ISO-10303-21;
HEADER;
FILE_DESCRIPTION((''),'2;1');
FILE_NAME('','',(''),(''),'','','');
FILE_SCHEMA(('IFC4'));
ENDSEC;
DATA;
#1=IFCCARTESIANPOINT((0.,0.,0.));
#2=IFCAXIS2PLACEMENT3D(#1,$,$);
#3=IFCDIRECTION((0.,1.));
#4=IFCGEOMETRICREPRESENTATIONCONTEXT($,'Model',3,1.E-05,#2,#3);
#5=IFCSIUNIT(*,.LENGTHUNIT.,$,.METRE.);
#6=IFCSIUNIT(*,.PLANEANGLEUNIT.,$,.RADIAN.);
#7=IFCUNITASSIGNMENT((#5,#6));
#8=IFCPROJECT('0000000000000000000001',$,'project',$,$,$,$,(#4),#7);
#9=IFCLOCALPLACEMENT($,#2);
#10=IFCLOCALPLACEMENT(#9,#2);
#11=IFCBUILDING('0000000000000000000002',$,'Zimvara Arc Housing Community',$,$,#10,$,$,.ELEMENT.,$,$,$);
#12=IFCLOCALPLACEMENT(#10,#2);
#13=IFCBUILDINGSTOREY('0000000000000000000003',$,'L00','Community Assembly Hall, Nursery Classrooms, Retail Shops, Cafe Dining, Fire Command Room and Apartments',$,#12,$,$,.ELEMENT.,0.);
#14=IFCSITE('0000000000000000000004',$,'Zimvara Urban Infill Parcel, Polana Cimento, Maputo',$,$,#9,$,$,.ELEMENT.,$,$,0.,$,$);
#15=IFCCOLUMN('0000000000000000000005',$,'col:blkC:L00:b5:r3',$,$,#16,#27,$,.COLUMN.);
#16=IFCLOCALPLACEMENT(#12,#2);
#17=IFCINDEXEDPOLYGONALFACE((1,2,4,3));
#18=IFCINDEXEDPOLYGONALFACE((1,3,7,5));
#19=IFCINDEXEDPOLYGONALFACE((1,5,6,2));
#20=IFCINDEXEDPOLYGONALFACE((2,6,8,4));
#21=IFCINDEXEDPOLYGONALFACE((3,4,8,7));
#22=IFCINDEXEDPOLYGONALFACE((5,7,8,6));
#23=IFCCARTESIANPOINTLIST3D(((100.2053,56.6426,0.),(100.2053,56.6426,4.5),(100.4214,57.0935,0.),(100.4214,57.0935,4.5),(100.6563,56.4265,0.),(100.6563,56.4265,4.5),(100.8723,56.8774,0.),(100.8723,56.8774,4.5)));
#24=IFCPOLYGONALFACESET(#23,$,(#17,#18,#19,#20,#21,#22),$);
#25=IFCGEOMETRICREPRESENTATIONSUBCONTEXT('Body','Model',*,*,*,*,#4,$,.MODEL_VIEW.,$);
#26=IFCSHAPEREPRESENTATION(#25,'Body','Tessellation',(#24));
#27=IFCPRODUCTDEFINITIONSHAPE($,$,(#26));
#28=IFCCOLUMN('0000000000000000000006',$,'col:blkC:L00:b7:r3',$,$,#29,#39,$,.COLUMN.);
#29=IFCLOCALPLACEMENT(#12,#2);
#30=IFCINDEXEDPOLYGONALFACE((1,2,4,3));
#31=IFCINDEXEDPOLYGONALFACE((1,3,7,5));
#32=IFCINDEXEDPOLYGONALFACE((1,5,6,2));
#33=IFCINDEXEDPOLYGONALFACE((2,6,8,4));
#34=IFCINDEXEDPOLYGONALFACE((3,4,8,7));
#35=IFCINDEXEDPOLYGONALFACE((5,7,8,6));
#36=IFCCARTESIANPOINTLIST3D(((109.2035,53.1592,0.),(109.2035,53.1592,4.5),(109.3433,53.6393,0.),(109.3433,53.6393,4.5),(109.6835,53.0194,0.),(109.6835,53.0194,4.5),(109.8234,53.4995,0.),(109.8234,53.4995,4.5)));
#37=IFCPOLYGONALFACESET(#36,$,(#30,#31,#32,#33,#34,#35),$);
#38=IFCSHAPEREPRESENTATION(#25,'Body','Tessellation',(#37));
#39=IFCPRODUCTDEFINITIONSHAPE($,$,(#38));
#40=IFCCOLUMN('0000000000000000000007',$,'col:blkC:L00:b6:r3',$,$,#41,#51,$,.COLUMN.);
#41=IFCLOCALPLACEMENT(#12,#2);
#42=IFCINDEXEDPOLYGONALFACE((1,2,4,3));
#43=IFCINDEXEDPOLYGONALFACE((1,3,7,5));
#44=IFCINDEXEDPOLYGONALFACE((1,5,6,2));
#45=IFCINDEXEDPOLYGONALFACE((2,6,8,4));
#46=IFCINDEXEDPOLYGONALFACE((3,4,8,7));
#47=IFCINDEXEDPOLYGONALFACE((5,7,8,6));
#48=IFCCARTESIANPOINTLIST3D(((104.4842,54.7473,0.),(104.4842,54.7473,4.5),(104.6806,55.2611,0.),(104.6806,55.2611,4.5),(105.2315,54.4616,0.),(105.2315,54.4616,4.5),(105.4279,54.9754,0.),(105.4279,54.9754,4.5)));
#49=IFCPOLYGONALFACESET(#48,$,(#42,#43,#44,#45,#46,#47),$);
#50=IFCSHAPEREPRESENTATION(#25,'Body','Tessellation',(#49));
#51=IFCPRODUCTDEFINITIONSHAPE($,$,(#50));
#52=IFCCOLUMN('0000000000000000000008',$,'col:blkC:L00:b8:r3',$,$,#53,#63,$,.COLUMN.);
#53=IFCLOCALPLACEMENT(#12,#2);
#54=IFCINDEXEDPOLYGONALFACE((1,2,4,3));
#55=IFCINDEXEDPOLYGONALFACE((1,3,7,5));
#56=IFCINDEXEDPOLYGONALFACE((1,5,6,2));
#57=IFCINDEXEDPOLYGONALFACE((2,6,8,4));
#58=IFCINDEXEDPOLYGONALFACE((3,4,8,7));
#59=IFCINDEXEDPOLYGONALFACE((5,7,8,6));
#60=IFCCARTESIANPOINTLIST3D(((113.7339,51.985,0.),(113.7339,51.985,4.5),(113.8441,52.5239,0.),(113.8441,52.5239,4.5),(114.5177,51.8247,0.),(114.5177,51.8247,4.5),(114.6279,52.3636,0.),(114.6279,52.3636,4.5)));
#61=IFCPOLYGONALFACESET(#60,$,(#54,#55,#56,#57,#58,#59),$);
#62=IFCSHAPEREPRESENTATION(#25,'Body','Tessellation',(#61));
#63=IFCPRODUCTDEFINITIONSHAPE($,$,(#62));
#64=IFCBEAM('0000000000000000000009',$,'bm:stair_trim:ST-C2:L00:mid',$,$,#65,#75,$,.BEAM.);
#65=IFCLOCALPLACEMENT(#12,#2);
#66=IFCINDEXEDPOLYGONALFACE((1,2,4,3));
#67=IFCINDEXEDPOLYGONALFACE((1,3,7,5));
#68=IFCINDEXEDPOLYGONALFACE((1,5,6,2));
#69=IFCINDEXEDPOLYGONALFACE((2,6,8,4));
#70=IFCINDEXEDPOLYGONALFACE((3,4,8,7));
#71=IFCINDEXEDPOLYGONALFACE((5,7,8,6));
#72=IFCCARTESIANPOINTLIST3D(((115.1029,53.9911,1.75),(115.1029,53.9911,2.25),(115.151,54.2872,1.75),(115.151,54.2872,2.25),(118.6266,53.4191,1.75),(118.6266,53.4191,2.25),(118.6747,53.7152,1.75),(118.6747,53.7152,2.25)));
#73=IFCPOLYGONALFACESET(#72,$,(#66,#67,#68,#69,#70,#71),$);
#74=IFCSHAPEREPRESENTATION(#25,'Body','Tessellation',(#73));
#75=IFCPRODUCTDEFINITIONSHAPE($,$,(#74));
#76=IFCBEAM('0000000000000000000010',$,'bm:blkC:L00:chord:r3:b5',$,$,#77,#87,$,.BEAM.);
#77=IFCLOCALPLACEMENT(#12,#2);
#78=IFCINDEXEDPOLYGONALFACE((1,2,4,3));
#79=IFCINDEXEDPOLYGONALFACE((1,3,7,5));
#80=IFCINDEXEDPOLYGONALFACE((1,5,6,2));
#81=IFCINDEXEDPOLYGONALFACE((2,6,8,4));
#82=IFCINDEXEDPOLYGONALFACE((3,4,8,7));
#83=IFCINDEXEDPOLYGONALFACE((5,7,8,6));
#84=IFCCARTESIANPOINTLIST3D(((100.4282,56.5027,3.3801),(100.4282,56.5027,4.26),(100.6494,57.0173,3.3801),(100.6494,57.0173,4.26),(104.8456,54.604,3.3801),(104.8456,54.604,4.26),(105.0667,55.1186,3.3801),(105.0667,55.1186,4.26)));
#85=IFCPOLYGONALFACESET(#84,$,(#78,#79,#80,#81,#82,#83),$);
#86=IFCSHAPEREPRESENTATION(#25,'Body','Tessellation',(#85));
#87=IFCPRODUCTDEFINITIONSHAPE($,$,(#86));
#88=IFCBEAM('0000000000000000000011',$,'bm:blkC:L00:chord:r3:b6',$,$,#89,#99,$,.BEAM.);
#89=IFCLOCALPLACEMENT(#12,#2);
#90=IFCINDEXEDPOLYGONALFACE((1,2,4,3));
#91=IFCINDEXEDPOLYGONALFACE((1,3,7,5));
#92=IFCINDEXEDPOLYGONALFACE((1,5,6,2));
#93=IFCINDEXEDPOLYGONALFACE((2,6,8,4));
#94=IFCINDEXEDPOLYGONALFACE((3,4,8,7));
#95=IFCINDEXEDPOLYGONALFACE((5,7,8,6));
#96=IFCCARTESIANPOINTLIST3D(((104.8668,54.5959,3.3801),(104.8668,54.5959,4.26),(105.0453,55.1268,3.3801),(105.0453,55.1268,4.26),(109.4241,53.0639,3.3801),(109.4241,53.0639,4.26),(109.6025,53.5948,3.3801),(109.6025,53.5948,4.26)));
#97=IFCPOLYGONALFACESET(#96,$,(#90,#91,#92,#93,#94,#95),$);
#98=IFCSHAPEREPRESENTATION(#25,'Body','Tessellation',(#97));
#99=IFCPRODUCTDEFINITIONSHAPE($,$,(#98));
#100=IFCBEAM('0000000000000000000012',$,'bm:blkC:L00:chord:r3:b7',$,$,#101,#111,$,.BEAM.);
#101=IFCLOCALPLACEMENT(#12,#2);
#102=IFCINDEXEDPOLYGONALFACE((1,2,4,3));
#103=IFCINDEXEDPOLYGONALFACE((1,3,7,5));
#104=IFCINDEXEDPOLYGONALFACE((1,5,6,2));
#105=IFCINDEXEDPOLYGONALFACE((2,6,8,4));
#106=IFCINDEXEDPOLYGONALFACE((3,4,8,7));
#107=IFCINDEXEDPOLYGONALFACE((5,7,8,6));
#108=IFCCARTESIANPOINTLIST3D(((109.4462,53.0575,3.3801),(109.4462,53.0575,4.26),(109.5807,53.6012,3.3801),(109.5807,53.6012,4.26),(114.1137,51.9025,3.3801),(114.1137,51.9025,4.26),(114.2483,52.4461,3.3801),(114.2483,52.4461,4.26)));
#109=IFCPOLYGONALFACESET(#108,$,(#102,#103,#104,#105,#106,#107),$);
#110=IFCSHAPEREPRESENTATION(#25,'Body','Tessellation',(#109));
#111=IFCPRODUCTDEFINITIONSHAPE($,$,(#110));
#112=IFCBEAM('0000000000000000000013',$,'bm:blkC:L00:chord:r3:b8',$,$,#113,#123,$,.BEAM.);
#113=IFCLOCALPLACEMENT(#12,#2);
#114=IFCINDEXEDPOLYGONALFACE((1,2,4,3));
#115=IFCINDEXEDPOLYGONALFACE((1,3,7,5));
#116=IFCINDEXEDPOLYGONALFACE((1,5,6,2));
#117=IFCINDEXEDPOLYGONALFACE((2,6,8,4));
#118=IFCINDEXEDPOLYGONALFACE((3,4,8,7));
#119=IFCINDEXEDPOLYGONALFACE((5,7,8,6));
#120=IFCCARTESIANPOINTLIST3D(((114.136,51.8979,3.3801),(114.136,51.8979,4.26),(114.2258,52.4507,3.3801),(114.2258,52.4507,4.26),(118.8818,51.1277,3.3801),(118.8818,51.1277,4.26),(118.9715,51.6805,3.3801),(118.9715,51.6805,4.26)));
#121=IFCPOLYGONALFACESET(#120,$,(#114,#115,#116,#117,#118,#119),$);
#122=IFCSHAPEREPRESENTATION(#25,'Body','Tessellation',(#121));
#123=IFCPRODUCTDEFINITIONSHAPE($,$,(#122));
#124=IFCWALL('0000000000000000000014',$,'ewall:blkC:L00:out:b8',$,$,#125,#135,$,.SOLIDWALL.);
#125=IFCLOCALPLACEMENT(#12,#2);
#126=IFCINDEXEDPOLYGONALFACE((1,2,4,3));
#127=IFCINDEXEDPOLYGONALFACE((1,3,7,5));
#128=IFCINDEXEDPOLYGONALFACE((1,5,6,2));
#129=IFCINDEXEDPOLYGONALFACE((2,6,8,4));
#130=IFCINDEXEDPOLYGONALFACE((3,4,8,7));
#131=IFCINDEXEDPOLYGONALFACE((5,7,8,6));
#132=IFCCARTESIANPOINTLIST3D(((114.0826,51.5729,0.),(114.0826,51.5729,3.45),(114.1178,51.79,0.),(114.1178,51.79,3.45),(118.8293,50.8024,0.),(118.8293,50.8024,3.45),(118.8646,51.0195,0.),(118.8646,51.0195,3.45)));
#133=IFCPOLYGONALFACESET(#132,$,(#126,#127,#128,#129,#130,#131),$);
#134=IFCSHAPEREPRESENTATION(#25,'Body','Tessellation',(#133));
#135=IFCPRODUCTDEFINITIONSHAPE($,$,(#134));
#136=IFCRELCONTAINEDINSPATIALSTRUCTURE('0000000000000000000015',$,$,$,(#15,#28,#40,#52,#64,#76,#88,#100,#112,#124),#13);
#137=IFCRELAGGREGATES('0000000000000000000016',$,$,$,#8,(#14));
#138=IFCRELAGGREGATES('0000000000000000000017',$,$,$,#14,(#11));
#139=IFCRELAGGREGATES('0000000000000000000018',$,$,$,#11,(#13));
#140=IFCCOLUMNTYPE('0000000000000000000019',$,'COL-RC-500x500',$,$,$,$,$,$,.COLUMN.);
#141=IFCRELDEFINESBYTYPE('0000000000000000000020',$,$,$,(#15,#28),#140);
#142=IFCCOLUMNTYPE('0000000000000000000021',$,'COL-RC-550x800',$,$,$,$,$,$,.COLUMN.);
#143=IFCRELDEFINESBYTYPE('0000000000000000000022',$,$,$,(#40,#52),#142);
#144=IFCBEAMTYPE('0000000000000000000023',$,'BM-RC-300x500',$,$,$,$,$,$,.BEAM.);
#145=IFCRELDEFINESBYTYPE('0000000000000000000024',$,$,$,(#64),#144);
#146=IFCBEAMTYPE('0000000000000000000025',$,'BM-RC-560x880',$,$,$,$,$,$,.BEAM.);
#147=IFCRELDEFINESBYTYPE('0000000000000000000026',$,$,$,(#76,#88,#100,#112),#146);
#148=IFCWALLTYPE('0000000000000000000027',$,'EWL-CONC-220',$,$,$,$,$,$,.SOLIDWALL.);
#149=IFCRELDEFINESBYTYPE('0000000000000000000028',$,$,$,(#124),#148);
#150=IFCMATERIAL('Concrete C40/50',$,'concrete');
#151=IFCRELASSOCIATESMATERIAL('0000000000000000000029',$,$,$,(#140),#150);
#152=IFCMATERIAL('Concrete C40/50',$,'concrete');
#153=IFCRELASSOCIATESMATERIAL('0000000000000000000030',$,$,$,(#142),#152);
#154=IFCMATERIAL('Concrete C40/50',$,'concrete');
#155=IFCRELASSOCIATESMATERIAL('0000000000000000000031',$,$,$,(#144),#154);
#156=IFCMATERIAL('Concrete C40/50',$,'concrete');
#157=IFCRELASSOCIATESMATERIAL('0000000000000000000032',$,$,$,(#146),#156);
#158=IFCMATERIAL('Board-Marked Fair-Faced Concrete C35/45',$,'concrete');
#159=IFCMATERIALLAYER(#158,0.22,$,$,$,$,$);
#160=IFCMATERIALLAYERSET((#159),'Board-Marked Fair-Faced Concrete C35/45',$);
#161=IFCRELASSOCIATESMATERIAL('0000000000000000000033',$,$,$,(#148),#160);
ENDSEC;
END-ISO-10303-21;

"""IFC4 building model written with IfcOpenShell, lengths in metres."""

from ifc_helpers import new_model, si_unit, direction, frame, frame_2d, origin, origin_2d, place, context, subcontext, project, spatial, rectangle, extrude, material, layer, layer_set, material_profile, profile_set, type_object, element, save


model = new_model("IFC4")

# Units and contexts
model_context = context("Model", 3, precision=1e-05, world=origin(), true_north=direction((0.0, 1.0)))
body_context = subcontext(model_context, "Body", "Model", "MODEL_VIEW")
ifc_project = project(units=[si_unit("LENGTHUNIT", "METRE"), si_unit("PLANEANGLEUNIT", "RADIAN")], contexts=[model_context])

# Site, building, storey
site_placement = place(None, origin())
site = spatial("IfcSite", under=ifc_project, at=site_placement, Name="Zimvara Urban Infill Parcel, Polana Cimento, Maputo", CompositionType="ELEMENT", RefElevation=0.0)
building_placement = place(site_placement, origin())
building = spatial("IfcBuilding", under=site, at=building_placement, Name="Zimvara Arc Housing Community", CompositionType="ELEMENT")
storey_placement = place(building_placement, origin())
storey = spatial("IfcBuildingStorey", under=building, at=storey_placement, Name="L00", Description="Community Assembly Hall, Nursery Classrooms, Retail Shops, Cafe Dining, Fire Command Room and Apartments", CompositionType="ELEMENT", Elevation=0.0)

# Columns
ifc_material_1 = material(Name="Concrete C40/50", Category="concrete")
ifc_material_profile_1 = material_profile(ifc_material_1, rectangle(XDim=0.5, YDim=0.5, at=origin_2d()), Name="RC 500x500")
ifc_profile_set_1 = profile_set([ifc_material_profile_1], Name="Concrete C40/50")
column_type_1 = type_object("IfcColumnType", Name="COL-RC-500x500", PredefinedType="COLUMN", material=ifc_profile_set_1)
for number, where, z_axis, x_axis, name in (
    (1, (100.5388, 56.76, 0.0), (0.0, 0.0, 1.0), (-0.432086, -0.901833, 0.0), "col:blkC:L00:b5:r3"),
    (2, (109.5134, 53.3293, 0.0), (0.0, 0.0, 1.0), (-0.279661, -0.960099, 0.0), "col:blkC:L00:b7:r3"),
):
    element("IfcColumn", number, at=place(storey_placement, frame(where, z_axis=z_axis, x_axis=x_axis)), inside=storey, type_object=column_type_1, Name=name, PredefinedType="COLUMN", context=body_context, shape_type="SweptSolid", body=[
        extrude(rectangle(XDim=0.5, YDim=0.5, at=origin_2d()), origin(), (0.0, 0.0, 1.0), 4.5),
    ])
ifc_material_2 = material(Name="Concrete C40/50", Category="concrete")
ifc_material_profile_2 = material_profile(ifc_material_2, rectangle(XDim=0.55, YDim=0.8, at=origin_2d()), Name="RC 550x800")
ifc_profile_set_2 = profile_set([ifc_material_profile_2], Name="Concrete C40/50")
column_type_2 = type_object("IfcColumnType", Name="COL-RC-550x800", PredefinedType="COLUMN", material=ifc_profile_set_2)
for number, where, z_axis, x_axis, name in (
    (3, (104.9561, 54.8613, 0.0), (0.0, 0.0, 1.0), (-0.357064, -0.93408, 0.0), "col:blkC:L00:b6:r3"),
    (4, (114.1809, 52.1743, 0.0), (0.0, 0.0, 1.0), (-0.200394, -0.979715, 0.0), "col:blkC:L00:b8:r3"),
):
    element("IfcColumn", number, at=place(storey_placement, frame(where, z_axis=z_axis, x_axis=x_axis)), inside=storey, type_object=column_type_2, Name=name, PredefinedType="COLUMN", context=body_context, shape_type="SweptSolid", body=[
        extrude(rectangle(XDim=0.55, YDim=0.8, at=origin_2d()), origin(), (0.0, 0.0, 1.0), 4.5),
    ])

# Beams
ifc_material_3 = material(Name="Concrete C40/50", Category="concrete")
ifc_material_profile_3 = material_profile(ifc_material_3, rectangle(XDim=0.3, YDim=0.5, at=origin_2d()), Name="RC 300x500")
ifc_profile_set_3 = profile_set([ifc_material_profile_3], Name="Concrete C40/50")
beam_type_1 = type_object("IfcBeamType", Name="BM-RC-300x500", PredefinedType="BEAM", material=ifc_profile_set_3)
beam_1_placement = place(storey_placement, frame((115.127, 54.1392, 2.0), z_axis=(0.987078, -0.160239, 0.0), x_axis=(0.160239, 0.987078, 0.0)))
element("IfcBeam", 5, at=beam_1_placement, inside=storey, type_object=beam_type_1, Name="bm:stair_trim:ST-C2:L00:mid", PredefinedType="BEAM", context=body_context, shape_type="SweptSolid", body=[
    extrude(rectangle(XDim=0.3, YDim=0.5, at=origin_2d()), origin(), (0.0, 0.0, 1.0), 3.5698),
])
ifc_material_4 = material(Name="Concrete C40/50", Category="concrete")
ifc_material_profile_4 = material_profile(ifc_material_4, rectangle(XDim=0.5601, YDim=0.8799, at=origin_2d()), Name="RC 560x880")
ifc_profile_set_4 = profile_set([ifc_material_profile_4], Name="Concrete C40/50")
beam_type_2 = type_object("IfcBeamType", Name="BM-RC-560x880", PredefinedType="BEAM", material=ifc_profile_set_4)
beam_2_placement = place(storey_placement, frame((100.5388, 56.76, 3.8201), z_axis=(0.918724, -0.3949, 0.0), x_axis=(0.3949, 0.918724, 0.0)))
element("IfcBeam", 6, at=beam_2_placement, inside=storey, type_object=beam_type_2, Name="bm:blkC:L00:chord:r3:b5", PredefinedType="BEAM", context=body_context, shape_type="SweptSolid", body=[
    extrude(rectangle(XDim=0.5601, YDim=0.8799, at=origin_2d()), origin(), (0.0, 0.0, 1.0), 4.8081),
])
beam_3_placement = place(storey_placement, frame((104.9561, 54.8613, 3.8201), z_axis=(0.947878, -0.318634, 0.0), x_axis=(0.318634, 0.947878, 0.0)))
element("IfcBeam", 7, at=beam_3_placement, inside=storey, type_object=beam_type_2, Name="bm:blkC:L00:chord:r3:b6", PredefinedType="BEAM", context=body_context, shape_type="SweptSolid", body=[
    extrude(rectangle(XDim=0.5601, YDim=0.8799, at=origin_2d()), origin(), (0.0, 0.0, 1.0), 4.8079),
])
beam_4_placement = place(storey_placement, frame((109.5134, 53.3293, 3.8201), z_axis=(0.970719, -0.240217, 0.0), x_axis=(0.240217, 0.970719, 0.0)))
element("IfcBeam", 8, at=beam_4_placement, inside=storey, type_object=beam_type_2, Name="bm:blkC:L00:chord:r3:b7", PredefinedType="BEAM", context=body_context, shape_type="SweptSolid", body=[
    extrude(rectangle(XDim=0.5601, YDim=0.8799, at=origin_2d()), origin(), (0.0, 0.0, 1.0), 4.8083),
])
beam_5_placement = place(storey_placement, frame((114.1809, 52.1743, 3.8201), z_axis=(0.987084, -0.160206, 0.0), x_axis=(0.160206, 0.987084, 0.0)))
element("IfcBeam", 9, at=beam_5_placement, inside=storey, type_object=beam_type_2, Name="bm:blkC:L00:chord:r3:b8", PredefinedType="BEAM", context=body_context, shape_type="SweptSolid", body=[
    extrude(rectangle(XDim=0.5601, YDim=0.8799, at=origin_2d()), origin(), (0.0, 0.0, 1.0), 4.8079),
])

# Wall
ifc_material_5 = material(Name="Board-Marked Fair-Faced Concrete C35/45", Category="concrete")
ifc_layer_1 = layer(ifc_material_5, 0.22)
ifc_layer_set_1 = layer_set([ifc_layer_1], Name="Board-Marked Fair-Faced Concrete C35/45")
wall_type_1 = type_object("IfcWallType", Name="EWL-CONC-220", PredefinedType="SOLIDWALL", material=ifc_layer_set_1)
wall_1_placement = place(storey_placement, frame((114.1003, 51.6814, 0.0), z_axis=(0.0, 0.0, 1.0), x_axis=(0.987081, -0.160224, 0.0)))
element("IfcWall", 10, at=wall_1_placement, inside=storey, type_object=wall_type_1, Name="ewall:blkC:L00:out:b8", PredefinedType="SOLIDWALL", context=body_context, shape_type="SweptSolid", body=[
    extrude(rectangle(XDim=4.8088, YDim=0.22, at=frame_2d((2.4043, 0.0))), origin(), (0.0, 0.0, 1.0), 3.45),
])

save(model, "model.ifc")
